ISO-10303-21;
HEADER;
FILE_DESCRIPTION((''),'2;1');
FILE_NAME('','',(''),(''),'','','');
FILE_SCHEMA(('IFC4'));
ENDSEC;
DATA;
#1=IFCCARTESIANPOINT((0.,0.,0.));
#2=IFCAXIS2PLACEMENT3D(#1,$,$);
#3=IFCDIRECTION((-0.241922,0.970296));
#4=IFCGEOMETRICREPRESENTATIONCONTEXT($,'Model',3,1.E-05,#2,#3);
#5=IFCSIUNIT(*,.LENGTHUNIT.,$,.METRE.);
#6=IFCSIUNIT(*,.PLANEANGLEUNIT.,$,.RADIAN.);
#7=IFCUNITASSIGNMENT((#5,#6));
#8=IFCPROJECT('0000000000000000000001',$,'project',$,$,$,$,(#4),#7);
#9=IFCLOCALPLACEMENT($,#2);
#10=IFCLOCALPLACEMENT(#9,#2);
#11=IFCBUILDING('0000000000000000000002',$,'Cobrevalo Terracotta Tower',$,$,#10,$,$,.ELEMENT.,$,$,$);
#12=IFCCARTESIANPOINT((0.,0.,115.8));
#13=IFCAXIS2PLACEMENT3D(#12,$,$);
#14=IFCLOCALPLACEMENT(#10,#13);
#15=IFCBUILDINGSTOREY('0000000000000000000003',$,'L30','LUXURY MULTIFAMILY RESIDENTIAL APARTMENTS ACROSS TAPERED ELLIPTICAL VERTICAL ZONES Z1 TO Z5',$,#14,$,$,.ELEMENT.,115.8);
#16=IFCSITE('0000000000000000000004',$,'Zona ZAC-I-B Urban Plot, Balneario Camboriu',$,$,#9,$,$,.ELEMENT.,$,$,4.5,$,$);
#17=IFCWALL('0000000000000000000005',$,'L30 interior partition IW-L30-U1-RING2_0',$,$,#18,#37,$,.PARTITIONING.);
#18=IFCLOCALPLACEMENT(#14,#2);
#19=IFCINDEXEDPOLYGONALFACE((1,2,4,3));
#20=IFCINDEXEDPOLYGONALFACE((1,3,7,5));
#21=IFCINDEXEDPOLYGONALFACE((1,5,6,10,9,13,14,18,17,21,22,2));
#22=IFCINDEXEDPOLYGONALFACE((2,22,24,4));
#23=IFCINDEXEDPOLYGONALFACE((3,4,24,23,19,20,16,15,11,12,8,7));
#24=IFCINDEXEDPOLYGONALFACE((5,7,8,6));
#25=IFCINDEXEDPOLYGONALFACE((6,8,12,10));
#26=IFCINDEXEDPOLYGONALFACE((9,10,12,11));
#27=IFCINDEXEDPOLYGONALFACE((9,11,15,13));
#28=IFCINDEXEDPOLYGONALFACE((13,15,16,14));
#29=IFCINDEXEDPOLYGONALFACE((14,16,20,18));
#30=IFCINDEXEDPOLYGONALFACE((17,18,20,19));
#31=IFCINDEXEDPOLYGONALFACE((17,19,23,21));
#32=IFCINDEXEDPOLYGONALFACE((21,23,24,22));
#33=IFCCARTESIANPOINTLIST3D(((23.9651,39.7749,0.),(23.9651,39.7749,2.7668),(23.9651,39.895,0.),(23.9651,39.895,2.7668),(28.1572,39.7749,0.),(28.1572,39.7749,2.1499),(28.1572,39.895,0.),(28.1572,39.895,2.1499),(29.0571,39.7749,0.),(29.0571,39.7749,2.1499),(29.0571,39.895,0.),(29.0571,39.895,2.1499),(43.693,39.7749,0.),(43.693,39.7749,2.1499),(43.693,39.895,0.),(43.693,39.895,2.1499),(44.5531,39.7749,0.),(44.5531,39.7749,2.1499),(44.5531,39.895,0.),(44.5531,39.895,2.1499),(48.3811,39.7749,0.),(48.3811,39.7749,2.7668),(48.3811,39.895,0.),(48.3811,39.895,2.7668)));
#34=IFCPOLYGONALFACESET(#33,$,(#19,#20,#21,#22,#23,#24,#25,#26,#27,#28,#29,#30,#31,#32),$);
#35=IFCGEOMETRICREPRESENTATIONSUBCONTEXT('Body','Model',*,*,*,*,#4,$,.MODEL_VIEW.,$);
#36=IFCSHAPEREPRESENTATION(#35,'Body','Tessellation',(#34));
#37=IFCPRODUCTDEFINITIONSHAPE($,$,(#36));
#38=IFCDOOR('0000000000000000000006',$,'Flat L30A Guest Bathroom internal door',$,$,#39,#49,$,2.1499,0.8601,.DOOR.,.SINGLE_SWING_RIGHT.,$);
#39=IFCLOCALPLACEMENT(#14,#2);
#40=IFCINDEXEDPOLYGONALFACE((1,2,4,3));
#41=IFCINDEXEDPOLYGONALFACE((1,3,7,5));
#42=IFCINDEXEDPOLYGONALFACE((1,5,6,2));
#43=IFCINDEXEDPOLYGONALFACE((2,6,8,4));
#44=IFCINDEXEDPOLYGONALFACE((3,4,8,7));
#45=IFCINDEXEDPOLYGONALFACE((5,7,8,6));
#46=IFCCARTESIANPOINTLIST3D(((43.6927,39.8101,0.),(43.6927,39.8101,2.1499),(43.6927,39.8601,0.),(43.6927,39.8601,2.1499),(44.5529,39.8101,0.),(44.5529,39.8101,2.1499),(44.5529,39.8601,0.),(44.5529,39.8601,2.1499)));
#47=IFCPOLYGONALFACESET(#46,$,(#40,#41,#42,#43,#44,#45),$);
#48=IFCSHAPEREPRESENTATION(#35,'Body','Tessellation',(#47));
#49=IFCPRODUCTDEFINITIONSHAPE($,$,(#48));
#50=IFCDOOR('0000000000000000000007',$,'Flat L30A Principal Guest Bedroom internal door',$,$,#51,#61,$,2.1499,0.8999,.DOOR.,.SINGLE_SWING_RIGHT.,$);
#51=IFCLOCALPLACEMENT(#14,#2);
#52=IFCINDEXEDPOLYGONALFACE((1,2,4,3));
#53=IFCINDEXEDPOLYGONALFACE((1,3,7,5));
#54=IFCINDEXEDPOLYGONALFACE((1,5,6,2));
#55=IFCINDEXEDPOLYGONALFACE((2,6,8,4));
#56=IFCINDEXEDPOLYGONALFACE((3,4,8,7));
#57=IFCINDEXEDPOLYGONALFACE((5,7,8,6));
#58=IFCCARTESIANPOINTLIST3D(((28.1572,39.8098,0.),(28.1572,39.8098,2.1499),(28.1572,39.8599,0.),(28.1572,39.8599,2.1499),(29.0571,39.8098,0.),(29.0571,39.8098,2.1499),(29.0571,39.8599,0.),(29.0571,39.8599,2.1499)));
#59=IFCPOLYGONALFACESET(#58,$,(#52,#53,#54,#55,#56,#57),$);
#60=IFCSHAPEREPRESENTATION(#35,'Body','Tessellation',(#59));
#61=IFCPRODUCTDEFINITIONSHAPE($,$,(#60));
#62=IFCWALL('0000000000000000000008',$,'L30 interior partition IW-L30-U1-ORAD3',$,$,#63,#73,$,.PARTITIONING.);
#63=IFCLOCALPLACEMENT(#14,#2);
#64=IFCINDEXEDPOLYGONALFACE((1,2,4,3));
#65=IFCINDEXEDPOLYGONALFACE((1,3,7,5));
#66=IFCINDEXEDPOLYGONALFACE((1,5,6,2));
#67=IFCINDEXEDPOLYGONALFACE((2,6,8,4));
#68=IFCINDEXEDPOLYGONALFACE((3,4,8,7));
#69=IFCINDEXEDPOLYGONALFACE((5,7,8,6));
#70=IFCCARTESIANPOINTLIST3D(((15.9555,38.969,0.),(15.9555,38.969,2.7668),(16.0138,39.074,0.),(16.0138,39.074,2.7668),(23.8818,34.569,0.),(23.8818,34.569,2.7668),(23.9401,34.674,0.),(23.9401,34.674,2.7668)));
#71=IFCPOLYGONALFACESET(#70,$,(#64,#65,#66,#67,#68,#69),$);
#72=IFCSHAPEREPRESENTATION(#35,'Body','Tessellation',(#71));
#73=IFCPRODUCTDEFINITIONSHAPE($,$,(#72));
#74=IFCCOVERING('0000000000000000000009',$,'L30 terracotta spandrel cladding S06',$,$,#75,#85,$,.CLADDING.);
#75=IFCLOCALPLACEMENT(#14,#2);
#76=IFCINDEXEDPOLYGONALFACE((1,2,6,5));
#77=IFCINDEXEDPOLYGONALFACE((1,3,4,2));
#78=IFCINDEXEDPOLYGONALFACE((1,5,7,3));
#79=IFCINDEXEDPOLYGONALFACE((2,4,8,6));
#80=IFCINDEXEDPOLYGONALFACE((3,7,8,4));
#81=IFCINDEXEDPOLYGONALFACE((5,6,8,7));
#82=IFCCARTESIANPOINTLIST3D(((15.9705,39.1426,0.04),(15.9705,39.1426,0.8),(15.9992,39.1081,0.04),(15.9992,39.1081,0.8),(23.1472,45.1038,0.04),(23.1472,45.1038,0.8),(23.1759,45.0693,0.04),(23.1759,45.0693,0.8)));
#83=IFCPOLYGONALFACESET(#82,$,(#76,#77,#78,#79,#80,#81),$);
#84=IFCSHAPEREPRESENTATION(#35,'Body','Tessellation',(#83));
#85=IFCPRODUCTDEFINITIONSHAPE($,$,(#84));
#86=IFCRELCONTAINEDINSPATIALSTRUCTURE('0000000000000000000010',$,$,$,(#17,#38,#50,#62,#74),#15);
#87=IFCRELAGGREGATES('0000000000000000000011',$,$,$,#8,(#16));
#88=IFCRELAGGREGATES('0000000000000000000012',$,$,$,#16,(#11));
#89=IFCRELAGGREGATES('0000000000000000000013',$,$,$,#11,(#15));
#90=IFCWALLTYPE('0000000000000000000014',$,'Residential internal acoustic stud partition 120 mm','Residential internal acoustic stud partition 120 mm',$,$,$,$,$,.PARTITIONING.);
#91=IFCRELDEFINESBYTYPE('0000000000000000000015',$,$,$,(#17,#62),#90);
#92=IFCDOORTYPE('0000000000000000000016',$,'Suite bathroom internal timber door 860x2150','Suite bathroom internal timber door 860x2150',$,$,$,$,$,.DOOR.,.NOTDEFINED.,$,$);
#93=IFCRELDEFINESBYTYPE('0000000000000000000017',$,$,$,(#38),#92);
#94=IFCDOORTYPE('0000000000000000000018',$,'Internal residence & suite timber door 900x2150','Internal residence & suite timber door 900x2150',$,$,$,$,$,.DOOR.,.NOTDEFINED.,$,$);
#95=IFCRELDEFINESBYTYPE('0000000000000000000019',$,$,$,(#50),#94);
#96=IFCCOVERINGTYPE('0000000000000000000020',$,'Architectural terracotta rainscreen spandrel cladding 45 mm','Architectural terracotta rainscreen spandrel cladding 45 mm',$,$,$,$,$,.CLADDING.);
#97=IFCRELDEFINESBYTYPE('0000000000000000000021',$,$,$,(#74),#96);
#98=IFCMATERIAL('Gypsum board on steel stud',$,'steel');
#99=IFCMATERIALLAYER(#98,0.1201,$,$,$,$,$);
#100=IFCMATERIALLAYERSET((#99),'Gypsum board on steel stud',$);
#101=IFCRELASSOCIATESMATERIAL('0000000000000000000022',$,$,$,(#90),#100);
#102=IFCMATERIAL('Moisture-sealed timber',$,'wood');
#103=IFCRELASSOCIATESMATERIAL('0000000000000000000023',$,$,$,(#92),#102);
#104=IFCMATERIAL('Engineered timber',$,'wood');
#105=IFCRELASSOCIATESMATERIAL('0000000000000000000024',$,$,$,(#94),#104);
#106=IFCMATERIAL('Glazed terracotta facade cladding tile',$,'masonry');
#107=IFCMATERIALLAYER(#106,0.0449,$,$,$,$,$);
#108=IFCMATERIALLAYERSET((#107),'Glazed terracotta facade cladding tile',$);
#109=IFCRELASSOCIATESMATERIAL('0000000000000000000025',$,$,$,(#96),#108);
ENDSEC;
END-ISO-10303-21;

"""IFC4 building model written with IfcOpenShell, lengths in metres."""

from ifc_helpers import new_model, si_unit, direction, frame, frame_2d, origin, origin_2d, place, context, subcontext, project, spatial, rectangle, extrude, source, transform, mapped, material, layer, layer_set, type_object, element, fill, save


model = new_model("IFC4")

# Units and contexts
model_context = context("Model", 3, precision=1e-05, world=origin(), true_north=direction((-0.241922, 0.970296)))
body_context = subcontext(model_context, "Body", "Model", "MODEL_VIEW")
ifc_project = project(units=[si_unit("LENGTHUNIT", "METRE"), si_unit("PLANEANGLEUNIT", "RADIAN")], contexts=[model_context])

# Site, building, storey
site_placement = place(None, origin())
site = spatial("IfcSite", under=ifc_project, at=site_placement, Name="Zona ZAC-I-B Urban Plot, Balneario Camboriu", CompositionType="ELEMENT", RefElevation=4.5)
building_placement = place(site_placement, origin())
building = spatial("IfcBuilding", under=site, at=building_placement, Name="Cobrevalo Terracotta Tower", CompositionType="ELEMENT")
storey_placement = place(building_placement, frame((0.0, 0.0, 115.8)))
storey = spatial("IfcBuildingStorey", under=building, at=storey_placement, Name="L30", Description="LUXURY MULTIFAMILY RESIDENTIAL APARTMENTS ACROSS TAPERED ELLIPTICAL VERTICAL ZONES Z1 TO Z5", CompositionType="ELEMENT", Elevation=115.8)

# Wall, openings, doors
ifc_material_1 = material(Name="Gypsum board on steel stud", Category="steel")
ifc_layer_1 = layer(ifc_material_1, 0.1201)
ifc_layer_set_1 = layer_set([ifc_layer_1], Name="Gypsum board on steel stud")
wall_type_1 = type_object("IfcWallType", Name="Residential internal acoustic stud partition 120 mm", Description="Residential internal acoustic stud partition 120 mm", PredefinedType="PARTITIONING", material=ifc_layer_set_1)
wall_1_placement = place(storey_placement, frame((23.9651, 39.835, 0.0), z_axis=(0.0, 0.0, 1.0), x_axis=(1.0, 0.0, 0.0)))
wall_1 = element("IfcWall", 1, at=wall_1_placement, inside=storey, type_object=wall_type_1, Name="L30 interior partition IW-L30-U1-RING2_0", PredefinedType="PARTITIONING", context=body_context, shape_type="SweptSolid", body=[
    extrude(rectangle(XDim=24.416, YDim=0.1201, at=frame_2d((12.208, 0.0))), origin(), (0.0, 0.0, 1.0), 2.7668),
])
opening_1_placement = place(wall_1_placement, frame((4.1921, 0.0, 0.0)))
opening_1 = element("IfcOpeningElement", 2, at=opening_1_placement, cuts=wall_1, PredefinedType="OPENING", context=body_context, shape_type="SweptSolid", body=[
    extrude(rectangle(XDim=0.8999, YDim=2.1499, at=frame_2d((0.45, 1.075))), frame((0.0, 0.0701, 0.0), z_axis=(0.0, -1.0, 0.0), x_axis=(1.0, 0.0, 0.0)), (0.0, 0.0, 1.0), 0.1401),
])
opening_2_placement = place(wall_1_placement, frame((19.7278, 0.0, 0.0)))
opening_2 = element("IfcOpeningElement", 3, at=opening_2_placement, cuts=wall_1, PredefinedType="OPENING", context=body_context, shape_type="SweptSolid", body=[
    extrude(rectangle(XDim=0.8601, YDim=2.1499, at=frame_2d((0.4302, 1.075))), frame((0.0, 0.0701, 0.0), z_axis=(0.0, -1.0, 0.0), x_axis=(1.0, 0.0, 0.0)), (0.0, 0.0, 1.0), 0.1401),
])
ifc_material_2 = material(Name="Moisture-sealed timber", Category="wood")
door_type_1 = type_object("IfcDoorType", Name="Suite bathroom internal timber door 860x2150", Description="Suite bathroom internal timber door 860x2150", OperationType="NOTDEFINED", PredefinedType="DOOR", material=ifc_material_2)
shared_shape_1 = source(origin(), body_context, "Body", "SweptSolid", [
    extrude(rectangle(XDim=0.8601, YDim=2.1499, at=frame_2d((0.4302, 1.075))), frame((0.0, 0.0249, 0.0), z_axis=(0.0, -1.0, 0.0), x_axis=(1.0, 0.0, 0.0)), (0.0, 0.0, 1.0), 0.05),
])
door_1_placement = place(opening_2_placement, frame((0.8601, 0.0, 0.0), z_axis=(0.0, 0.0, 1.0), x_axis=(-1.0, 0.0, 0.0)))
door_1 = element("IfcDoor", 4, at=door_1_placement, inside=storey, type_object=door_type_1, Name="Flat L30A Guest Bathroom internal door", OperationType="SINGLE_SWING_RIGHT", OverallHeight=2.1499, OverallWidth=0.8601, PredefinedType="DOOR", context=body_context, shape_type="MappedRepresentation", body=[
    mapped(shared_shape_1, transform((0.0, 0.0, 0.0), scale=1.0)),
])
fill(opening_2, door_1)
ifc_material_3 = material(Name="Engineered timber", Category="wood")
door_type_2 = type_object("IfcDoorType", Name="Internal residence & suite timber door 900x2150", Description="Internal residence & suite timber door 900x2150", OperationType="NOTDEFINED", PredefinedType="DOOR", material=ifc_material_3)
shared_shape_2 = source(origin(), body_context, "Body", "SweptSolid", [
    extrude(rectangle(XDim=0.8999, YDim=2.1499, at=frame_2d((0.45, 1.075))), frame((0.0, 0.0249, 0.0), z_axis=(0.0, -1.0, 0.0), x_axis=(1.0, 0.0, 0.0)), (0.0, 0.0, 1.0), 0.05),
])
door_2_placement = place(opening_1_placement, origin())
door_2 = element("IfcDoor", 5, at=door_2_placement, inside=storey, type_object=door_type_2, Name="Flat L30A Principal Guest Bedroom internal door", OperationType="SINGLE_SWING_RIGHT", OverallHeight=2.1499, OverallWidth=0.8999, PredefinedType="DOOR", context=body_context, shape_type="MappedRepresentation", body=[
    mapped(shared_shape_2, transform((0.0, 0.0, 0.0), scale=1.0)),
])
fill(opening_1, door_2)

# Wall
wall_2_placement = place(storey_placement, frame((23.9109, 34.6216, 0.0), z_axis=(0.0, 0.0, 1.0), x_axis=(-0.874325, 0.485341, 0.0)))
element("IfcWall", 6, at=wall_2_placement, inside=storey, type_object=wall_type_1, Name="L30 interior partition IW-L30-U1-ORAD3", PredefinedType="PARTITIONING", context=body_context, shape_type="SweptSolid", body=[
    extrude(rectangle(XDim=9.0657, YDim=0.1201, at=frame_2d((4.5327, 0.0))), origin(), (0.0, 0.0, 1.0), 2.7668),
])

# Covering
ifc_material_4 = material(Name="Glazed terracotta facade cladding tile", Category="masonry")
ifc_layer_2 = layer(ifc_material_4, 0.0449)
ifc_layer_set_2 = layer_set([ifc_layer_2], Name="Glazed terracotta facade cladding tile")
covering_type = type_object("IfcCoveringType", Name="Architectural terracotta rainscreen spandrel cladding 45 mm", Description="Architectural terracotta rainscreen spandrel cladding 45 mm", PredefinedType="CLADDING", material=ifc_layer_set_2)
shared_shape_3 = source(origin(), body_context, "Body", "SweptSolid", [
    extrude(rectangle(XDim=9.3296, YDim=0.0449, at=origin_2d()), origin(), (0.0, 0.0, 1.0), 0.76),
])
covering_placement = place(storey_placement, frame((19.5732, 42.106, 0.04), z_axis=(0.0, 0.0, 1.0), x_axis=(-0.769241, -0.638958, 0.0)))
element("IfcCovering", 7, at=covering_placement, inside=storey, type_object=covering_type, Name="L30 terracotta spandrel cladding S06", PredefinedType="CLADDING", context=body_context, shape_type="MappedRepresentation", body=[
    mapped(shared_shape_3, transform((0.0, 0.0, 0.0), scale=1.0)),
])

save(model, "model.ifc")
